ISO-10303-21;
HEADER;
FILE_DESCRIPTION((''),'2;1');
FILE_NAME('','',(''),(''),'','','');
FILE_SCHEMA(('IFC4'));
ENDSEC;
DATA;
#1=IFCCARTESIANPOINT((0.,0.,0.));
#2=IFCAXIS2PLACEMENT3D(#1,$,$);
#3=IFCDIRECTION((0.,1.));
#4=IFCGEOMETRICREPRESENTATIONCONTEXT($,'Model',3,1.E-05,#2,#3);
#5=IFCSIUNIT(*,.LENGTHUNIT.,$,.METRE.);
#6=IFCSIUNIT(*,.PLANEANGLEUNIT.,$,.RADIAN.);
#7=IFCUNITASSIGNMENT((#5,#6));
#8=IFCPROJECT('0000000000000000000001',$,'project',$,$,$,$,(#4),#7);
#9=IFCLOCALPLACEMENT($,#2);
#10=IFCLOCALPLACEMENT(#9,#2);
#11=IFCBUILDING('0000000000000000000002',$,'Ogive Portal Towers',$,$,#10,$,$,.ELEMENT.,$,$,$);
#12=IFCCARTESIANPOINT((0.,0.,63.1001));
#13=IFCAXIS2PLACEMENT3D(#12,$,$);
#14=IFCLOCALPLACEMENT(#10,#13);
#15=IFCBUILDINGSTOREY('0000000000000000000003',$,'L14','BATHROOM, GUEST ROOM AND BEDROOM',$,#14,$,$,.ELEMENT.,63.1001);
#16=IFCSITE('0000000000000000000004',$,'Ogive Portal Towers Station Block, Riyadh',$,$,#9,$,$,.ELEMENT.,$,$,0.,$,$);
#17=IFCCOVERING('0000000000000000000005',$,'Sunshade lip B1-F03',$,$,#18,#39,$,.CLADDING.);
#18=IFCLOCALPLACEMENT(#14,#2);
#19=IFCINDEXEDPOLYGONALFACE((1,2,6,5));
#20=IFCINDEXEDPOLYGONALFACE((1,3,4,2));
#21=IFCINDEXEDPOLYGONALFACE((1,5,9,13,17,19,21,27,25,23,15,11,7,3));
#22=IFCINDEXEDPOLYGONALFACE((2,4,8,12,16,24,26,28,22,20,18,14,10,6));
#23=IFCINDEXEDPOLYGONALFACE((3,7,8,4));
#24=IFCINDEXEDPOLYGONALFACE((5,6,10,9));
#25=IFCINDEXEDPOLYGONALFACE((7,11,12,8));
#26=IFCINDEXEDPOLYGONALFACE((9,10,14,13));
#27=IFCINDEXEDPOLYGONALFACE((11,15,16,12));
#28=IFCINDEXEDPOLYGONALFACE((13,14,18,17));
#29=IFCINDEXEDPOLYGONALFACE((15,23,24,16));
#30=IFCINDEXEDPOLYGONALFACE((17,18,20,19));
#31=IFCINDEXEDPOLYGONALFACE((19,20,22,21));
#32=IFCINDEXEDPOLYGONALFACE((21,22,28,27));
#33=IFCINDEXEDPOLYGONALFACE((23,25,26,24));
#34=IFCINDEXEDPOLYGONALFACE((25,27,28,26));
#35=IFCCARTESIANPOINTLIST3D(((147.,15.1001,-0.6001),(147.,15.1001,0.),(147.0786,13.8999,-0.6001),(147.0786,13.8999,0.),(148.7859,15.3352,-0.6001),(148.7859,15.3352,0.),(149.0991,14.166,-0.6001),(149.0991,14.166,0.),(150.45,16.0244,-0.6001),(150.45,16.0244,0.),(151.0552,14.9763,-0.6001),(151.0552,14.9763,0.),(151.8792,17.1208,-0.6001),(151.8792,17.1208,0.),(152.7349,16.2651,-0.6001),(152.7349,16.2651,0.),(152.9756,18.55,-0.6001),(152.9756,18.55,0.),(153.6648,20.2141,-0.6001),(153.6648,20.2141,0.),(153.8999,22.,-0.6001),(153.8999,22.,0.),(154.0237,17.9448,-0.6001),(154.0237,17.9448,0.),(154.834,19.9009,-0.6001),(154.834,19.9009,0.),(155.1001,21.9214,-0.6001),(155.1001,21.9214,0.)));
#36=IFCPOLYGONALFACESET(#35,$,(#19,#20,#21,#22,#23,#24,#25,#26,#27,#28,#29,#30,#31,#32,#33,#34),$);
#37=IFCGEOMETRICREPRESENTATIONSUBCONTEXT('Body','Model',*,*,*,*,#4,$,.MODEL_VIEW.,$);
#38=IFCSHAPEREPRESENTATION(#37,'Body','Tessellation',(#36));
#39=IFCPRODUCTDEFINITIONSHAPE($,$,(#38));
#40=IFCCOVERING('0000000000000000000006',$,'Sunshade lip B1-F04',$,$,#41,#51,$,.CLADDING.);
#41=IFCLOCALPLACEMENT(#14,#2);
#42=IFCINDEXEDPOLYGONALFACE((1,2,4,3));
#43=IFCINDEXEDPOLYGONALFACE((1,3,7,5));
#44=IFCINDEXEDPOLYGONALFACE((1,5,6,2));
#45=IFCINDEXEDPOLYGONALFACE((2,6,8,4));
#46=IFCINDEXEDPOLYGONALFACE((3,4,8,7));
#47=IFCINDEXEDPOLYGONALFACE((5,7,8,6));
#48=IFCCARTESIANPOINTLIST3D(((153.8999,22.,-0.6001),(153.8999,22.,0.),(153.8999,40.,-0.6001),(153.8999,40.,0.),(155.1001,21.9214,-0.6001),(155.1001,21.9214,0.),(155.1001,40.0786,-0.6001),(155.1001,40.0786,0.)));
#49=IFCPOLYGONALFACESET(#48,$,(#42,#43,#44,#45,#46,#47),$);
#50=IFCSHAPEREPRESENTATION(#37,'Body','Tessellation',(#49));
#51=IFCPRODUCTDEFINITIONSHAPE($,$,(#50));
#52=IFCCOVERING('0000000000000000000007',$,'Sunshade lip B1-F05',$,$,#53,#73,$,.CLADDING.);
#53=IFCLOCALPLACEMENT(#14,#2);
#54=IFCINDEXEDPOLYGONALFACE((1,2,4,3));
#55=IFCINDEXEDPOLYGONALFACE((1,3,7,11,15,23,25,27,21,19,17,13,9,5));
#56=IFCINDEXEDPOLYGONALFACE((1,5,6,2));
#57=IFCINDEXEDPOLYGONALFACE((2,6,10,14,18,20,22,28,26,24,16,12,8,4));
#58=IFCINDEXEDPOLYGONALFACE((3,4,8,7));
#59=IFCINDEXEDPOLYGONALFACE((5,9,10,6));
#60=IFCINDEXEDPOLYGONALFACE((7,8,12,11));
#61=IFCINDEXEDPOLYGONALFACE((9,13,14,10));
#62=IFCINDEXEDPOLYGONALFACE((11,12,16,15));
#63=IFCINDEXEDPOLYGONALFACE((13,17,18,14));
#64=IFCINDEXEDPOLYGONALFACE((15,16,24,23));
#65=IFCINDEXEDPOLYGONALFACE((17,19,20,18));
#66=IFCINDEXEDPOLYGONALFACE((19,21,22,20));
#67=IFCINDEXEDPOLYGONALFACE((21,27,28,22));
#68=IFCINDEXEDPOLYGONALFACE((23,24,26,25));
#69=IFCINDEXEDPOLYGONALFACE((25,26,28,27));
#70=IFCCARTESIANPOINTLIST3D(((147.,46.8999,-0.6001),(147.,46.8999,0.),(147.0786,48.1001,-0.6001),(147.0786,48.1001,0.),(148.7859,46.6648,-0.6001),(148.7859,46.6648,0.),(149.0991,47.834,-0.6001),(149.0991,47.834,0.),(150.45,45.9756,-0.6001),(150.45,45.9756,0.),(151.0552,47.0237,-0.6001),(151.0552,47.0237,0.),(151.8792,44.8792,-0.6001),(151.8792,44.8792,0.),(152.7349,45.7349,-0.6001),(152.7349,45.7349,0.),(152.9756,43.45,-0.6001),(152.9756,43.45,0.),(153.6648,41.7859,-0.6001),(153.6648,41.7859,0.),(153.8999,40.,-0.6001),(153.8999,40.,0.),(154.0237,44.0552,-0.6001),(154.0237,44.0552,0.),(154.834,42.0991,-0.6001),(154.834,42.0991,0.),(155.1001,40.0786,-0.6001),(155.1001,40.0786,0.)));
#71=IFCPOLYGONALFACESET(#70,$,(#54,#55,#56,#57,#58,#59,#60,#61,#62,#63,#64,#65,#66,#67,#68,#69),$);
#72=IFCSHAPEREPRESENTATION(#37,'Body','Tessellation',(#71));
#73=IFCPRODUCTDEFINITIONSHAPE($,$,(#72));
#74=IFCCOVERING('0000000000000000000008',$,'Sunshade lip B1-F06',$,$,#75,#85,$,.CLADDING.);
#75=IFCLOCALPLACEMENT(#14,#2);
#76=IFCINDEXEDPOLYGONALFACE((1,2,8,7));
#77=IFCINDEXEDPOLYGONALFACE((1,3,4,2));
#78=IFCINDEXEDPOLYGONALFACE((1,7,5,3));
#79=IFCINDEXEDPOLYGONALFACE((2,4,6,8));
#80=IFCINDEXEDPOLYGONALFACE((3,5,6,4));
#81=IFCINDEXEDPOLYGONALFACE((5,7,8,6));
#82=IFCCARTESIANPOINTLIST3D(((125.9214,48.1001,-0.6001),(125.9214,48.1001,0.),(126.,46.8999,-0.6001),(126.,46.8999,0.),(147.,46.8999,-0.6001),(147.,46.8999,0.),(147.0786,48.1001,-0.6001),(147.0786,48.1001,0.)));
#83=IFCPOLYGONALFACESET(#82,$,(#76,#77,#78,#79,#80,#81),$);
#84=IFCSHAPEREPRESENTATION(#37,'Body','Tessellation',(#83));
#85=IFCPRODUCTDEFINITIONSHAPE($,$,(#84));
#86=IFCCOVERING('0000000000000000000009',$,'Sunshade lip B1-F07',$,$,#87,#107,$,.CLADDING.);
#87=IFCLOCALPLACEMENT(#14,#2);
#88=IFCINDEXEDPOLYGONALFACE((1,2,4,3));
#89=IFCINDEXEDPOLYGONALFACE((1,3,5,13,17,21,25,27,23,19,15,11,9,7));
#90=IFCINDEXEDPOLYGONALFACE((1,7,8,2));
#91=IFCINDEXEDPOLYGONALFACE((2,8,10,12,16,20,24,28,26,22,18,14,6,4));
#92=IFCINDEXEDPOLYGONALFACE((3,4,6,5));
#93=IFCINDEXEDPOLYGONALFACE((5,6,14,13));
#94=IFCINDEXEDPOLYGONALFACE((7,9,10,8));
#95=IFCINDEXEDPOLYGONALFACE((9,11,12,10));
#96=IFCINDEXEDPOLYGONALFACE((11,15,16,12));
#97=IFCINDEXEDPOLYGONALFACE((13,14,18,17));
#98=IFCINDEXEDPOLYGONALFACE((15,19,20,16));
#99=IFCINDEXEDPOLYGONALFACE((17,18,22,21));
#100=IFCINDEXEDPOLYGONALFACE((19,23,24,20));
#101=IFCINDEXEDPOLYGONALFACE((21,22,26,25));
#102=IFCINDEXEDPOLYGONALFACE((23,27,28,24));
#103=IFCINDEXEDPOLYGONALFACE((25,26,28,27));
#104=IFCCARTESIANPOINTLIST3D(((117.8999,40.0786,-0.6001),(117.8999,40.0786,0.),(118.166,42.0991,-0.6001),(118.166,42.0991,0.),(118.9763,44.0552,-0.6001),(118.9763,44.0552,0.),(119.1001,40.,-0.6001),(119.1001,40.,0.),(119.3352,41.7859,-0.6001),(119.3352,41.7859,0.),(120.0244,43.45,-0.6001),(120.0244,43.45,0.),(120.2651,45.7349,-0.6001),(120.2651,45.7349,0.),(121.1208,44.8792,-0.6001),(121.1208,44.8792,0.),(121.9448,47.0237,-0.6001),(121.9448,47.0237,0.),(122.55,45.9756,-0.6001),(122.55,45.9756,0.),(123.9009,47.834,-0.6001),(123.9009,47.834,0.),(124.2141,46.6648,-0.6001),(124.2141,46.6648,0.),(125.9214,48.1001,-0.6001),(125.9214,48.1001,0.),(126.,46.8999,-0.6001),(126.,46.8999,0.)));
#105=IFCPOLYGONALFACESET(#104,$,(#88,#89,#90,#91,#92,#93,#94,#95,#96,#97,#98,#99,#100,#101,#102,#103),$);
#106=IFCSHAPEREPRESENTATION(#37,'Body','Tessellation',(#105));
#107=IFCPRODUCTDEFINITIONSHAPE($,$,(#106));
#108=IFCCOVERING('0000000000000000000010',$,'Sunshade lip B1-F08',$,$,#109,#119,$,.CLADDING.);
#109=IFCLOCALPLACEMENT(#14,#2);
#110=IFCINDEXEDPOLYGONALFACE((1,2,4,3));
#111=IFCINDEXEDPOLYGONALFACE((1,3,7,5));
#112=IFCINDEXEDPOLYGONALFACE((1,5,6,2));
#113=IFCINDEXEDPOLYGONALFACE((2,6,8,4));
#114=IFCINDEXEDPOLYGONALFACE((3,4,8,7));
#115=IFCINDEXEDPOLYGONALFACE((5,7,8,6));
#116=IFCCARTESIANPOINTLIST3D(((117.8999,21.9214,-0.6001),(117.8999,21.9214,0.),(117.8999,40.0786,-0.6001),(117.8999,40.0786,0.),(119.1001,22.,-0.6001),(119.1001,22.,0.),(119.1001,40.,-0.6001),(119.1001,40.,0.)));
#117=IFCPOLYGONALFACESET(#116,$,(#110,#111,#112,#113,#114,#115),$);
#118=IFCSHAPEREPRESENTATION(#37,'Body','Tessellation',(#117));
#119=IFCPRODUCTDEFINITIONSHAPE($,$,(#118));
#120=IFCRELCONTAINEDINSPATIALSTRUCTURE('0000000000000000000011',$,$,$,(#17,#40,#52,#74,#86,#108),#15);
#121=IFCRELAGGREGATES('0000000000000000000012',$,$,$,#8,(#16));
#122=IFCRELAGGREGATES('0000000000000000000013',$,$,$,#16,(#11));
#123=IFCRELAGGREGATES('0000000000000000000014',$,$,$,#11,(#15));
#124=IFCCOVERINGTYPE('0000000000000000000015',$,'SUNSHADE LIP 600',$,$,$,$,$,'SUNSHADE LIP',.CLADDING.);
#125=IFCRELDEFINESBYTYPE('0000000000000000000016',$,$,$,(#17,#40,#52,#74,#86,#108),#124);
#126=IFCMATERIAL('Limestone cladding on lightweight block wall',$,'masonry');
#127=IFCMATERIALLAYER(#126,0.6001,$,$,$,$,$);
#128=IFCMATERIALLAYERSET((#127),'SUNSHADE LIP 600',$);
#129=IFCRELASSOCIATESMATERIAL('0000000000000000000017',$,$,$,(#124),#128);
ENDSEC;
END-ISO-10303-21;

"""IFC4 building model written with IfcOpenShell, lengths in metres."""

from ifc_helpers import new_model, si_unit, direction, frame, origin, place, context, subcontext, project, spatial, polyline, outline, extrude, material, layer, layer_set, type_object, element, save


model = new_model("IFC4")

# Units and contexts
model_context = context("Model", 3, precision=1e-05, world=origin(), true_north=direction((0.0, 1.0)))
body_context = subcontext(model_context, "Body", "Model", "MODEL_VIEW")
ifc_project = project(units=[si_unit("LENGTHUNIT", "METRE"), si_unit("PLANEANGLEUNIT", "RADIAN")], contexts=[model_context])

# Site, building, storey
site_placement = place(None, origin())
site = spatial("IfcSite", under=ifc_project, at=site_placement, Name="Ogive Portal Towers Station Block, Riyadh", CompositionType="ELEMENT", RefElevation=0.0)
building_placement = place(site_placement, origin())
building = spatial("IfcBuilding", under=site, at=building_placement, Name="Ogive Portal Towers", CompositionType="ELEMENT")
storey_placement = place(building_placement, frame((0.0, 0.0, 63.1001)))
storey = spatial("IfcBuildingStorey", under=building, at=storey_placement, Name="L14", Description="BATHROOM, GUEST ROOM AND BEDROOM", CompositionType="ELEMENT", Elevation=63.1001)

# Shared definitions
ifc_material_1 = material(Name="Limestone cladding on lightweight block wall", Category="masonry")

# Coverings
ifc_layer_1 = layer(ifc_material_1, 0.6001)
ifc_layer_set_1 = layer_set([ifc_layer_1], Name="SUNSHADE LIP 600")
covering_type_1 = type_object("IfcCoveringType", Name="SUNSHADE LIP 600", ElementType="SUNSHADE LIP", PredefinedType="CLADDING", material=ifc_layer_set_1)
covering_1_placement = place(storey_placement, frame((0.0, 0.0, -0.6001)))
element("IfcCovering", 1, at=covering_1_placement, inside=storey, type_object=covering_type_1, Name="Sunshade lip B1-F03", PredefinedType="CLADDING", context=body_context, shape_type="SweptSolid", body=[
    extrude(outline(polyline([(147.0, 15.1001), (148.7859, 15.3352), (150.45, 16.0244), (151.8792, 17.1208), (152.9756, 18.55), (153.6648, 20.2141), (153.8999, 22.0), (155.1001, 21.9214), (154.834, 19.9009), (154.0237, 17.9448), (152.7349, 16.2651), (151.0552, 14.9763), (149.0991, 14.166), (147.0786, 13.8999), (147.0, 15.1001)])), origin(), (0.0, 0.0, 1.0), 0.6001),
])
covering_2_placement = place(storey_placement, frame((0.0, 0.0, -0.6001)))
element("IfcCovering", 2, at=covering_2_placement, inside=storey, type_object=covering_type_1, Name="Sunshade lip B1-F04", PredefinedType="CLADDING", context=body_context, shape_type="SweptSolid", body=[
    extrude(outline(polyline([(153.8999, 22.0), (153.8999, 40.0), (155.1001, 40.0786), (155.1001, 21.9214), (153.8999, 22.0)])), origin(), (0.0, 0.0, 1.0), 0.6001),
])
covering_3_placement = place(storey_placement, frame((0.0, 0.0, -0.6001)))
element("IfcCovering", 3, at=covering_3_placement, inside=storey, type_object=covering_type_1, Name="Sunshade lip B1-F05", PredefinedType="CLADDING", context=body_context, shape_type="SweptSolid", body=[
    extrude(outline(polyline([(153.8999, 40.0), (153.6648, 41.7859), (152.9756, 43.45), (151.8792, 44.8792), (150.45, 45.9756), (148.7859, 46.6648), (147.0, 46.8999), (147.0786, 48.1001), (149.0991, 47.834), (151.0552, 47.0237), (152.7349, 45.7349), (154.0237, 44.0552), (154.834, 42.0991), (155.1001, 40.0786), (153.8999, 40.0)])), origin(), (0.0, 0.0, 1.0), 0.6001),
])
covering_4_placement = place(storey_placement, frame((0.0, 0.0, -0.6001)))
element("IfcCovering", 4, at=covering_4_placement, inside=storey, type_object=covering_type_1, Name="Sunshade lip B1-F06", PredefinedType="CLADDING", context=body_context, shape_type="SweptSolid", body=[
    extrude(outline(polyline([(147.0, 46.8999), (126.0, 46.8999), (125.9214, 48.1001), (147.0786, 48.1001), (147.0, 46.8999)])), origin(), (0.0, 0.0, 1.0), 0.6001),
])
covering_5_placement = place(storey_placement, frame((0.0, 0.0, -0.6001)))
element("IfcCovering", 5, at=covering_5_placement, inside=storey, type_object=covering_type_1, Name="Sunshade lip B1-F07", PredefinedType="CLADDING", context=body_context, shape_type="SweptSolid", body=[
    extrude(outline(polyline([(126.0, 46.8999), (124.2141, 46.6648), (122.55, 45.9756), (121.1208, 44.8792), (120.0244, 43.45), (119.3352, 41.7859), (119.1001, 40.0), (117.8999, 40.0786), (118.166, 42.0991), (118.9763, 44.0552), (120.2651, 45.7349), (121.9448, 47.0237), (123.9009, 47.834), (125.9214, 48.1001), (126.0, 46.8999)])), origin(), (0.0, 0.0, 1.0), 0.6001),
])
covering_6_placement = place(storey_placement, frame((0.0, 0.0, -0.6001)))
element("IfcCovering", 6, at=covering_6_placement, inside=storey, type_object=covering_type_1, Name="Sunshade lip B1-F08", PredefinedType="CLADDING", context=body_context, shape_type="SweptSolid", body=[
    extrude(outline(polyline([(119.1001, 40.0), (119.1001, 22.0), (117.8999, 21.9214), (117.8999, 40.0786), (119.1001, 40.0)])), origin(), (0.0, 0.0, 1.0), 0.6001),
])

save(model, "model.ifc")
